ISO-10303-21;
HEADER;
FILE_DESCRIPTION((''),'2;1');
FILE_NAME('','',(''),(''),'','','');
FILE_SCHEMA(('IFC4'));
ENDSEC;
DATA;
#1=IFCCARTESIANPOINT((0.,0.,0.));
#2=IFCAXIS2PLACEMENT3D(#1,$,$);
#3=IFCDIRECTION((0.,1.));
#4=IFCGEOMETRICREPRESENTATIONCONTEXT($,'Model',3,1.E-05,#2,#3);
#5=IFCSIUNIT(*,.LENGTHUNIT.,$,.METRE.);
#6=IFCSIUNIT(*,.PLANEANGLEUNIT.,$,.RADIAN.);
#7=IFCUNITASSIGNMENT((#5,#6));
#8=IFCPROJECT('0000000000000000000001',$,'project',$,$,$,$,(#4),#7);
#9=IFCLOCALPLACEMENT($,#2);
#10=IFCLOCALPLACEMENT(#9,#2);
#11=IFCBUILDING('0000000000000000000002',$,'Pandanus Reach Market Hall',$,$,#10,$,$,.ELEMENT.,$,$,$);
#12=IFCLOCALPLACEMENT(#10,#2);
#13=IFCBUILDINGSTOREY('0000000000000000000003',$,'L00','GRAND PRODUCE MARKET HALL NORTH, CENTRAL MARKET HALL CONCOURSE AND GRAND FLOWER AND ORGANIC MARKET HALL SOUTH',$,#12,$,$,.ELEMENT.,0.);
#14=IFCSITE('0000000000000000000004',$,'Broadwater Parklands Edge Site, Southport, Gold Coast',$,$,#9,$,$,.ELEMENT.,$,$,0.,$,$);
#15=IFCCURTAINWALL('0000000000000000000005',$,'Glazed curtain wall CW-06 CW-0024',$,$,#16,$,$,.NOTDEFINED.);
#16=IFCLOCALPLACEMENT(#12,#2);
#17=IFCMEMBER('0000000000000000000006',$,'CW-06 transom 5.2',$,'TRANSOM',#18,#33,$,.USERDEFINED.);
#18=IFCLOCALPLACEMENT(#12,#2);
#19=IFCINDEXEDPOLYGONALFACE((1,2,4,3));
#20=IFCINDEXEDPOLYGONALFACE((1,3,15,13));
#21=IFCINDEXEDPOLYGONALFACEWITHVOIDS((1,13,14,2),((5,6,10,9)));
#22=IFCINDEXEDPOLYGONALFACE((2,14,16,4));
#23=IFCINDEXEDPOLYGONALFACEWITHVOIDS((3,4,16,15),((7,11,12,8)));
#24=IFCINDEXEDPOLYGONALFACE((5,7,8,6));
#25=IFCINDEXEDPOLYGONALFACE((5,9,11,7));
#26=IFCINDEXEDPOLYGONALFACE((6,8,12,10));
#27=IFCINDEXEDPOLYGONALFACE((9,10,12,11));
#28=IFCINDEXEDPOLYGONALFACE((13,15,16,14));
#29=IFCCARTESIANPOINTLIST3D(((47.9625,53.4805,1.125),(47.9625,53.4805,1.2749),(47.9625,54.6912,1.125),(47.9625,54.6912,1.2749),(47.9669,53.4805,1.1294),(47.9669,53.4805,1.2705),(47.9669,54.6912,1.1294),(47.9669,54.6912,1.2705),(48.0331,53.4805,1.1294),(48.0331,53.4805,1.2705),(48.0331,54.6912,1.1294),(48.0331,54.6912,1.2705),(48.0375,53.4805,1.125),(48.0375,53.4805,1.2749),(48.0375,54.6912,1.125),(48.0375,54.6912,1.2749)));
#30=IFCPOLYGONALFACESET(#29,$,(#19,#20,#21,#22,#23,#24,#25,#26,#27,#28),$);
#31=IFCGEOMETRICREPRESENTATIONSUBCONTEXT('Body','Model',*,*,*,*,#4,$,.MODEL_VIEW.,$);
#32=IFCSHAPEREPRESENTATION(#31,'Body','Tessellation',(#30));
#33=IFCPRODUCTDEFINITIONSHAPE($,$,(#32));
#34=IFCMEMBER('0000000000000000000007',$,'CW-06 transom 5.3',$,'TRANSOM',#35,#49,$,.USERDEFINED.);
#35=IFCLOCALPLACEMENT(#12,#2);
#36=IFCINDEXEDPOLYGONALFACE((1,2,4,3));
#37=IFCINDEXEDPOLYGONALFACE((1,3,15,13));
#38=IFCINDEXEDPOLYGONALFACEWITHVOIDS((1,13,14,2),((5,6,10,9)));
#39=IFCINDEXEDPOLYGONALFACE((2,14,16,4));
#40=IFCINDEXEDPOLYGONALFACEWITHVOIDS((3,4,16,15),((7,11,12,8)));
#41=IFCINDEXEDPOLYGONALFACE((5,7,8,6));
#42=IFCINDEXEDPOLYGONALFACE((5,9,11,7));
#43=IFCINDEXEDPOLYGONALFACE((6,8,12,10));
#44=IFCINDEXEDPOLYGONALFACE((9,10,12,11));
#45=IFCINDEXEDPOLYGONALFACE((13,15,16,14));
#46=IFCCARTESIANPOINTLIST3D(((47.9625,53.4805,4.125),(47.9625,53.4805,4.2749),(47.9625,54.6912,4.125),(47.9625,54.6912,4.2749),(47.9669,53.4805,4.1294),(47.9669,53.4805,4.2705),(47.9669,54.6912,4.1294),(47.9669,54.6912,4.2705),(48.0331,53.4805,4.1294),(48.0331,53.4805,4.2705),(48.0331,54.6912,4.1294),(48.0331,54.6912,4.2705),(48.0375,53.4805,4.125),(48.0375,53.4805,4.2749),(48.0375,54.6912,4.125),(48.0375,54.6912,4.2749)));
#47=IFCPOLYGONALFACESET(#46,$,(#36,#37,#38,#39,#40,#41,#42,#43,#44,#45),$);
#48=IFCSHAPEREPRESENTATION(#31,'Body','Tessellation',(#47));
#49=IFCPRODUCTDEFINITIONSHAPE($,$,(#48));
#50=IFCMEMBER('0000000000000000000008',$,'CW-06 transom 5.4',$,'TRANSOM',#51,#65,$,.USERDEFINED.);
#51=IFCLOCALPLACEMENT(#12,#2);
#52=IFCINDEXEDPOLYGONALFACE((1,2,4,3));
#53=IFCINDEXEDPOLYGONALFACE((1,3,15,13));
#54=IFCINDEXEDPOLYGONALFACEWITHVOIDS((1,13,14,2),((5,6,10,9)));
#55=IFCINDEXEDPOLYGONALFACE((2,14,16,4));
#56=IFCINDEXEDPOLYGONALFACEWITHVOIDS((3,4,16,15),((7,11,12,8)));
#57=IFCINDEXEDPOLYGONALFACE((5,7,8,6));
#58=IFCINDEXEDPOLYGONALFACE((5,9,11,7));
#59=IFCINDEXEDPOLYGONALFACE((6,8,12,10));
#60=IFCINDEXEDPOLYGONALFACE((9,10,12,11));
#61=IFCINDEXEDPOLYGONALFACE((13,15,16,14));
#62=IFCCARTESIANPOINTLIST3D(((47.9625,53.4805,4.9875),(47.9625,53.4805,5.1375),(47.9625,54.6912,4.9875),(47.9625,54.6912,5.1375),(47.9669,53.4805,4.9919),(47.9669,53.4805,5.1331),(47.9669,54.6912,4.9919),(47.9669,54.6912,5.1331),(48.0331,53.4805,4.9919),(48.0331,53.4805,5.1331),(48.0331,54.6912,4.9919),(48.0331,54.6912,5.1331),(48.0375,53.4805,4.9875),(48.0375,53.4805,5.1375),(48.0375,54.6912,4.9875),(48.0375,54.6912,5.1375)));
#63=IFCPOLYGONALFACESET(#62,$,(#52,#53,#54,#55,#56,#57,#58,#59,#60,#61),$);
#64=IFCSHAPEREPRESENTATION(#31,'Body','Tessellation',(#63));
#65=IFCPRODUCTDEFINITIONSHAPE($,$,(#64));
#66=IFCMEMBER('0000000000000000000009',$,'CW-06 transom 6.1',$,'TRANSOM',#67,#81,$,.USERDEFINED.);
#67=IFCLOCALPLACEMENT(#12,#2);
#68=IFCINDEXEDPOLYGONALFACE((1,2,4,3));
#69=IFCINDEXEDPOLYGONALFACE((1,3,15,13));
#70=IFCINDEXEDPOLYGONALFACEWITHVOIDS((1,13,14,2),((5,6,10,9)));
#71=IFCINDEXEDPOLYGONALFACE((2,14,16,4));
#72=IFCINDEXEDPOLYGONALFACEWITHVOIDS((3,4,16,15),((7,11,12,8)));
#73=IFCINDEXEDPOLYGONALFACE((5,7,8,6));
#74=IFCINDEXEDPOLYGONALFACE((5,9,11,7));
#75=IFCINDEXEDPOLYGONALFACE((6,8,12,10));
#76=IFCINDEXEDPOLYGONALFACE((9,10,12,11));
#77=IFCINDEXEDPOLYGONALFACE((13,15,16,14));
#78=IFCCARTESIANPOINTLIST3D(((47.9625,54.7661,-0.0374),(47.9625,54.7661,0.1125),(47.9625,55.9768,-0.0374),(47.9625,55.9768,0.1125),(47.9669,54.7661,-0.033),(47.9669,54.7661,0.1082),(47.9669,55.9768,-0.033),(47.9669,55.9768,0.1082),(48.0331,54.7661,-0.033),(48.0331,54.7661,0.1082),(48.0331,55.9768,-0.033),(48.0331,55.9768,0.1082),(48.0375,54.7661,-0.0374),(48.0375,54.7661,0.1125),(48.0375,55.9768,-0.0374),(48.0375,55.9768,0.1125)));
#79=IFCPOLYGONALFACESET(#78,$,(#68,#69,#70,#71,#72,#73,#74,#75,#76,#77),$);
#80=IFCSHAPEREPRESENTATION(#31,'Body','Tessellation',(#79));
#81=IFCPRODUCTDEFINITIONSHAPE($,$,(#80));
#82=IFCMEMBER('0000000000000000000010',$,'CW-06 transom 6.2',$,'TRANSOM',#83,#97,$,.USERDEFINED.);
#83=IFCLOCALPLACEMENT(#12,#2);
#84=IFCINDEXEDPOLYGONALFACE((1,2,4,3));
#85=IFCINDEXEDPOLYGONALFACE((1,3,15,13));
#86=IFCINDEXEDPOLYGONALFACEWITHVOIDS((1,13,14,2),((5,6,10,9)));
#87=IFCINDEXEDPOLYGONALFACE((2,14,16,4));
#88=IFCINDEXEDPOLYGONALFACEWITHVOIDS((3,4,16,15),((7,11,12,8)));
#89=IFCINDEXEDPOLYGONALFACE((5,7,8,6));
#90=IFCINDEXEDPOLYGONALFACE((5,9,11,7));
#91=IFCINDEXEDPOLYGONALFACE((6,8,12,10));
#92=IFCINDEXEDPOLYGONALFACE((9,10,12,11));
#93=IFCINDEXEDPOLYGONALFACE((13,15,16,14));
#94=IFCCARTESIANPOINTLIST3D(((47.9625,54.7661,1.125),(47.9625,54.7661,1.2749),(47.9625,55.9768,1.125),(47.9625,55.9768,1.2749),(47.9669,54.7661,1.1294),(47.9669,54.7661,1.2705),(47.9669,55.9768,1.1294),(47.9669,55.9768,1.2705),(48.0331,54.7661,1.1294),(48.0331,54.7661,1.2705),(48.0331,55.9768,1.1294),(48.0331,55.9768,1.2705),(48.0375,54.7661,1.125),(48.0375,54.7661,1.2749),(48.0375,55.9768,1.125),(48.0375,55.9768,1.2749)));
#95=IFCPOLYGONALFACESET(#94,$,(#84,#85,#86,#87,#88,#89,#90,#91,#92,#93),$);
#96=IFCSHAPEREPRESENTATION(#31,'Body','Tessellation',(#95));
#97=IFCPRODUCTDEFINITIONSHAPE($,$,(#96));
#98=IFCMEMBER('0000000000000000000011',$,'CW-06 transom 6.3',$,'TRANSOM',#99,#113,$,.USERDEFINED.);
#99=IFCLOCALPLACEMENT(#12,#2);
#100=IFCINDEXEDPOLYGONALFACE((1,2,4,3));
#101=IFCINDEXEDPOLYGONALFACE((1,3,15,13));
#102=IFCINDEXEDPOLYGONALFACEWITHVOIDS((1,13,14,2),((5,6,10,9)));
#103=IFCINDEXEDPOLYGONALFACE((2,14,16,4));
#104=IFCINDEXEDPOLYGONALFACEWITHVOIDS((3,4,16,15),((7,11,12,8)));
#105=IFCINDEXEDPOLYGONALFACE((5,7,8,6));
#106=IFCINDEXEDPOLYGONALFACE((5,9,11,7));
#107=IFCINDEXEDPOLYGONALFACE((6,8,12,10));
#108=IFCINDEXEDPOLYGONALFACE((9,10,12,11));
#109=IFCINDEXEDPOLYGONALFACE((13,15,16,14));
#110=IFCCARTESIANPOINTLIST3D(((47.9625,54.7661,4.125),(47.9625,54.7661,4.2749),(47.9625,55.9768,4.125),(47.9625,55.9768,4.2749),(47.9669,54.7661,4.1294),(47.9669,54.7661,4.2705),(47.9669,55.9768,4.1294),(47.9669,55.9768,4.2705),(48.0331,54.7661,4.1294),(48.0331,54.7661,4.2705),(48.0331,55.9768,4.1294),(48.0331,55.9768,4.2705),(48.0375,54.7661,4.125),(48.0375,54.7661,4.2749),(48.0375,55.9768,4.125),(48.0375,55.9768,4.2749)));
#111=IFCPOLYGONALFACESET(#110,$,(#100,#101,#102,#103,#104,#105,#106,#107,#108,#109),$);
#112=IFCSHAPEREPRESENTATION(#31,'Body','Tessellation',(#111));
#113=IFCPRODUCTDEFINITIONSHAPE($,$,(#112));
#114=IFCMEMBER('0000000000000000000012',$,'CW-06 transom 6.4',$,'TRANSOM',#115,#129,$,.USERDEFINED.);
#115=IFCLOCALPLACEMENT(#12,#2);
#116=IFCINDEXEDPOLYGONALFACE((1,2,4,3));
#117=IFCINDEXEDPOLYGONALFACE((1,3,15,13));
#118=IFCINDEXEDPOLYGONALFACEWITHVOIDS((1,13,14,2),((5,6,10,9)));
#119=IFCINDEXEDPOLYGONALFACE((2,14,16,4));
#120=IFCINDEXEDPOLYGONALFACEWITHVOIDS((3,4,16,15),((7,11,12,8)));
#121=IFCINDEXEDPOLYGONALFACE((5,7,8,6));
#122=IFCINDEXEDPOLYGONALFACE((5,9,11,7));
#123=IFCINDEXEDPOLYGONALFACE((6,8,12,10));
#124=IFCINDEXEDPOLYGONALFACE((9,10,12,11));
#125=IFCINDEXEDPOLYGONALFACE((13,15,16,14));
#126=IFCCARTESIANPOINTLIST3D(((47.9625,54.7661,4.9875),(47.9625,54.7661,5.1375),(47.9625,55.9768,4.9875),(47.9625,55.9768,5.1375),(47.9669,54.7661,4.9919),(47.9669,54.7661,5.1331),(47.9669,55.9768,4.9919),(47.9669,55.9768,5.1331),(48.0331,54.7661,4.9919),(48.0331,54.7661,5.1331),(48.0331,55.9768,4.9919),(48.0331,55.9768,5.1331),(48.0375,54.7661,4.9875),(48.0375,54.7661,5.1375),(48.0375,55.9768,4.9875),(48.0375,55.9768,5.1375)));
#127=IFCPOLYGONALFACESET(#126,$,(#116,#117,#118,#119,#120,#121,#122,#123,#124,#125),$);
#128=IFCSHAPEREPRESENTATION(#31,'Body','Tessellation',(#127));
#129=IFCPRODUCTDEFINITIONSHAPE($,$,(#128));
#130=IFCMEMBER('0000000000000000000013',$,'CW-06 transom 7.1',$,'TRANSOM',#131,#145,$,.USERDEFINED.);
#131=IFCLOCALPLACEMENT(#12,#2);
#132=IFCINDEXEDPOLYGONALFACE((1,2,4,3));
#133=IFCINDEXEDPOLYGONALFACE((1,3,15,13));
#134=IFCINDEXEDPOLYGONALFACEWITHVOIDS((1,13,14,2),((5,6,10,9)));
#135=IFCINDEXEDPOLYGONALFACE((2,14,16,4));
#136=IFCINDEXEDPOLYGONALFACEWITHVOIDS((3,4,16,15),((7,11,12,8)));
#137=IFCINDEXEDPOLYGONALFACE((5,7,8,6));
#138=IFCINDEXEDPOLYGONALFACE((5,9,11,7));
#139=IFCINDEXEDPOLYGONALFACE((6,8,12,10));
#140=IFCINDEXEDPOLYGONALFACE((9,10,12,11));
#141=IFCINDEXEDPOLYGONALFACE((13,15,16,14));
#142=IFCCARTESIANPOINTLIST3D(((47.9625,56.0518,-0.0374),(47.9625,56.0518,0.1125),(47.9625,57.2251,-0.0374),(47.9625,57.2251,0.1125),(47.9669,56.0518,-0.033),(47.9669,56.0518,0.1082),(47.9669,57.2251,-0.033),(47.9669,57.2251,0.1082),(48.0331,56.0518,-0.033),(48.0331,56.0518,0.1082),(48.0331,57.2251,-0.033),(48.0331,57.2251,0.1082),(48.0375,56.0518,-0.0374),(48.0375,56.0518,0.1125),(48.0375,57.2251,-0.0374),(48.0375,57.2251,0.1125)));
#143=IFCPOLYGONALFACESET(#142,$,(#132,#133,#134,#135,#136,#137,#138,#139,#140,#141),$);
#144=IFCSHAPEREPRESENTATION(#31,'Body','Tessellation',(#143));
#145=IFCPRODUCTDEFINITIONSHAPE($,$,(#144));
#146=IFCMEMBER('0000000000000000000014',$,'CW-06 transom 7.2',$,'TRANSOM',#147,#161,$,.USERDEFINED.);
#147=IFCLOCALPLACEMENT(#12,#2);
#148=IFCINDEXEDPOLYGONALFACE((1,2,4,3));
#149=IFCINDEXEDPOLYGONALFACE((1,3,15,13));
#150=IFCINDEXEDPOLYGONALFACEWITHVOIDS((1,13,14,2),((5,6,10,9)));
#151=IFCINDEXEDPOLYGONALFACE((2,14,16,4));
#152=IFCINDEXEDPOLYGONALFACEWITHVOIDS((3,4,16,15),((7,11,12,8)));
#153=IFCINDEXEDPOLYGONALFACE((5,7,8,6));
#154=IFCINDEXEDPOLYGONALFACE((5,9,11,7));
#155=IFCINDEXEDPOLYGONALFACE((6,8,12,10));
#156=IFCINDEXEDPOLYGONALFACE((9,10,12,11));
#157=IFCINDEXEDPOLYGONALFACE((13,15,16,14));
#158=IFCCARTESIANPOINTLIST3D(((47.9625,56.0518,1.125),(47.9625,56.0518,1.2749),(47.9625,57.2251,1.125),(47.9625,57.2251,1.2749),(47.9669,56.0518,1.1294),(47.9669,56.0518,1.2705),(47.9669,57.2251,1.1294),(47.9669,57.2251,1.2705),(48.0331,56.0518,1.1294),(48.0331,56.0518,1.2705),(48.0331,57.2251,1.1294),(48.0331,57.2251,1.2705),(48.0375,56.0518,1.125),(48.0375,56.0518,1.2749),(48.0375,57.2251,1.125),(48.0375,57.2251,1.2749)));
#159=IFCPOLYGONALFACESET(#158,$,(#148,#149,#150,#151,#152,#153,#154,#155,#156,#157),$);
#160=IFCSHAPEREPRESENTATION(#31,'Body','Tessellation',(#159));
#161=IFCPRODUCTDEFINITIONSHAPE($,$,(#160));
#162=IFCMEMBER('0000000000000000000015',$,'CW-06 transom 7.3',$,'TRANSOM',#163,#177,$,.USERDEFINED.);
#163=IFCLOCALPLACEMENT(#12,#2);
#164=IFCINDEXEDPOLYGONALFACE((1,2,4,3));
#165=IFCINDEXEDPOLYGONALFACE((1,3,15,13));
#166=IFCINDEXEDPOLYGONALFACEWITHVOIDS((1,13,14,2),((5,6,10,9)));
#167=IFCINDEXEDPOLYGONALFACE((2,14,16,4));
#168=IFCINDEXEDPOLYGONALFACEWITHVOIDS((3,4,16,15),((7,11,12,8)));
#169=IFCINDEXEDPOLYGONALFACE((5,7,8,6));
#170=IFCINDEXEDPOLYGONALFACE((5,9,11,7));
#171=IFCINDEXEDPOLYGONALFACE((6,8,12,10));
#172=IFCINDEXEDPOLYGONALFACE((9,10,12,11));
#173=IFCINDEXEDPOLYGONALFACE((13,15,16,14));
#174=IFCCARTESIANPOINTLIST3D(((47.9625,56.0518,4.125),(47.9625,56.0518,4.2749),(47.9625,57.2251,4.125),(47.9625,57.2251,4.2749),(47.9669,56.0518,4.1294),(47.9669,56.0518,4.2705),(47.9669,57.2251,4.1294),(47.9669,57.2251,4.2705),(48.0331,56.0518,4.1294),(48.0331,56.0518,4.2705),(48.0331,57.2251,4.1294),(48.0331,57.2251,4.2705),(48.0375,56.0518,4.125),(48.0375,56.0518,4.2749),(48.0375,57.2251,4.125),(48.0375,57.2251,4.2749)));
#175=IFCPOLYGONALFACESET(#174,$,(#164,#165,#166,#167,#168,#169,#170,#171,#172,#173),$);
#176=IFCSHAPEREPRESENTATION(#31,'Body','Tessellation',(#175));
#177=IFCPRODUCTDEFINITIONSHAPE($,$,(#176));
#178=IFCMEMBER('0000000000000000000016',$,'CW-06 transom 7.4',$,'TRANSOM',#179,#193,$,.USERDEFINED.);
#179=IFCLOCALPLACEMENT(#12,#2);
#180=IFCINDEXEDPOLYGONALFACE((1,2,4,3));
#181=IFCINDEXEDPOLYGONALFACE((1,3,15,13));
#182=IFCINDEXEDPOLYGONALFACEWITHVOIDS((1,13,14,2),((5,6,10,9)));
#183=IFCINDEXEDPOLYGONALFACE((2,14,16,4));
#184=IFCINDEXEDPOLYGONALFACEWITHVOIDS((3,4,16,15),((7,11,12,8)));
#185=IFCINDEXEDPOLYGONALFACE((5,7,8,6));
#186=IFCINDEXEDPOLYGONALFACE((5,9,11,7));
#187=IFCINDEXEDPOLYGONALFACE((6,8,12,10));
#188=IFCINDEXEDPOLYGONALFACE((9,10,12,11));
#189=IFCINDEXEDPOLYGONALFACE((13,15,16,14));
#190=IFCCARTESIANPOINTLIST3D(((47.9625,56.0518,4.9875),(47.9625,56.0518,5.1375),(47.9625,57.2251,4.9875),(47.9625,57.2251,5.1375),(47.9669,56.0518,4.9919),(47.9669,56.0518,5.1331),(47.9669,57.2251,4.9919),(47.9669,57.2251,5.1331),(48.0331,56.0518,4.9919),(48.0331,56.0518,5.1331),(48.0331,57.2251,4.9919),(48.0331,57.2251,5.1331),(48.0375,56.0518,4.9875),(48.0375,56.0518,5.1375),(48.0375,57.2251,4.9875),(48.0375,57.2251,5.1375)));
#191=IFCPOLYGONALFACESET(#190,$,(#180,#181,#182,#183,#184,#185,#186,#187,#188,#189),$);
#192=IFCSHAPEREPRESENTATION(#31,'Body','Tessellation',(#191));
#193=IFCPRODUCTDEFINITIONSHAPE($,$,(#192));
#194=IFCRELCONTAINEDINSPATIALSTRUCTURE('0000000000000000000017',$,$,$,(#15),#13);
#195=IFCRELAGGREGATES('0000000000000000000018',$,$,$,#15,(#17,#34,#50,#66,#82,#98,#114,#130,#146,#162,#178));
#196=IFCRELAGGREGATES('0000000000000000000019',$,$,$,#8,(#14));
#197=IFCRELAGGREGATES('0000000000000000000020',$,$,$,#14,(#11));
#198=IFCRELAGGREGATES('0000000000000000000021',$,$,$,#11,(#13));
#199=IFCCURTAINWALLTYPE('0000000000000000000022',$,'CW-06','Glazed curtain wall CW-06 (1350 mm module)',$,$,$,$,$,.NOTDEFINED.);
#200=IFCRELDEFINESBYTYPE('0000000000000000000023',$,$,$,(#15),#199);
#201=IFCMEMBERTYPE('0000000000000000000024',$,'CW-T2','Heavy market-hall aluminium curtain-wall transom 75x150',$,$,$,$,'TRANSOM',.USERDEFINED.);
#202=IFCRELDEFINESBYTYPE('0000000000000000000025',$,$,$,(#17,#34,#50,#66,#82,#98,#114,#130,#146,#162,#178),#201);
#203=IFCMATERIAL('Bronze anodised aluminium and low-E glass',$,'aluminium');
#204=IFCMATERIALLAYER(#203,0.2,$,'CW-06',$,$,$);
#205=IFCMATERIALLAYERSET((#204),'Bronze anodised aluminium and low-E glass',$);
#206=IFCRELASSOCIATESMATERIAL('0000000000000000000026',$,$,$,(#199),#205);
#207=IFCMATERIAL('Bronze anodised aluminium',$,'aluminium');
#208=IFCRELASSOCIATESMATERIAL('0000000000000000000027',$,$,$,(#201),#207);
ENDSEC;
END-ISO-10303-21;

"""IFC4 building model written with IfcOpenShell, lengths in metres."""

from ifc_helpers import new_model, si_unit, direction, frame, origin, origin_2d, place, context, subcontext, project, spatial, hollow_rectangle, extrude, material, layer, layer_set, material_profile, profile_set, type_object, element, aggregate, save


model = new_model("IFC4")

# Units and contexts
model_context = context("Model", 3, precision=1e-05, world=origin(), true_north=direction((0.0, 1.0)))
body_context = subcontext(model_context, "Body", "Model", "MODEL_VIEW")
ifc_project = project(units=[si_unit("LENGTHUNIT", "METRE"), si_unit("PLANEANGLEUNIT", "RADIAN")], contexts=[model_context])

# Site, building, storey
site_placement = place(None, origin())
site = spatial("IfcSite", under=ifc_project, at=site_placement, Name="Broadwater Parklands Edge Site, Southport, Gold Coast", CompositionType="ELEMENT", RefElevation=0.0)
building_placement = place(site_placement, origin())
building = spatial("IfcBuilding", under=site, at=building_placement, Name="Pandanus Reach Market Hall", CompositionType="ELEMENT")
storey_placement = place(building_placement, origin())
storey = spatial("IfcBuildingStorey", under=building, at=storey_placement, Name="L00", Description="GRAND PRODUCE MARKET HALL NORTH, CENTRAL MARKET HALL CONCOURSE AND GRAND FLOWER AND ORGANIC MARKET HALL SOUTH", CompositionType="ELEMENT", Elevation=0.0)

# Curtain wall, members
ifc_material_1 = material(Name="Bronze anodised aluminium and low-E glass", Category="aluminium")
ifc_layer_1 = layer(ifc_material_1, 0.2, Name="CW-06")
ifc_layer_set_1 = layer_set([ifc_layer_1], Name="Bronze anodised aluminium and low-E glass")
curtain_wall_type = type_object("IfcCurtainWallType", Name="CW-06", Description="Glazed curtain wall CW-06 (1350 mm module)", PredefinedType="NOTDEFINED", material=ifc_layer_set_1)
curtain_wall_placement = place(storey_placement, origin())
curtain_wall = element("IfcCurtainWall", 1, at=curtain_wall_placement, inside=storey, type_object=curtain_wall_type, Name="Glazed curtain wall CW-06 CW-0024", PredefinedType="NOTDEFINED")
ifc_material_2 = material(Name="Bronze anodised aluminium", Category="aluminium")
ifc_material_profile_1 = material_profile(ifc_material_2, hollow_rectangle(XDim=0.075, YDim=0.1499, WallThickness=0.0044, at=origin_2d()), Name="ALU75x150", Category="LoadBearing")
ifc_profile_set_1 = profile_set([ifc_material_profile_1], Name="Bronze anodised aluminium")
member_type_1 = type_object("IfcMemberType", Name="CW-T2", Description="Heavy market-hall aluminium curtain-wall transom 75x150", ElementType="TRANSOM", PredefinedType="USERDEFINED", material=ifc_profile_set_1)
member_1_placement = place(storey_placement, frame((48.0, 53.4805, 1.2), z_axis=(0.0, 1.0, 0.0), x_axis=(-1.0, 0.0, 0.0)))
member_1 = element("IfcMember", 2, at=member_1_placement, type_object=member_type_1, Name="CW-06 transom 5.2", ObjectType="TRANSOM", PredefinedType="USERDEFINED", context=body_context, shape_type="SweptSolid", body=[
    extrude(hollow_rectangle(XDim=0.075, YDim=0.1499, WallThickness=0.0044, at=origin_2d()), origin(), (0.0, 0.0, 1.0), 1.2107),
])
member_2_placement = place(storey_placement, frame((48.0, 53.4805, 4.2), z_axis=(0.0, 1.0, 0.0), x_axis=(-1.0, 0.0, 0.0)))
member_2 = element("IfcMember", 3, at=member_2_placement, type_object=member_type_1, Name="CW-06 transom 5.3", ObjectType="TRANSOM", PredefinedType="USERDEFINED", context=body_context, shape_type="SweptSolid", body=[
    extrude(hollow_rectangle(XDim=0.075, YDim=0.1499, WallThickness=0.0044, at=origin_2d()), origin(), (0.0, 0.0, 1.0), 1.2107),
])
member_3_placement = place(storey_placement, frame((48.0, 53.4805, 5.0625), z_axis=(0.0, 1.0, 0.0), x_axis=(-1.0, 0.0, 0.0)))
member_3 = element("IfcMember", 4, at=member_3_placement, type_object=member_type_1, Name="CW-06 transom 5.4", ObjectType="TRANSOM", PredefinedType="USERDEFINED", context=body_context, shape_type="SweptSolid", body=[
    extrude(hollow_rectangle(XDim=0.075, YDim=0.1499, WallThickness=0.0044, at=origin_2d()), origin(), (0.0, 0.0, 1.0), 1.2107),
])
member_4_placement = place(storey_placement, frame((48.0, 54.7661, 0.0376), z_axis=(0.0, 1.0, 0.0), x_axis=(-1.0, 0.0, 0.0)))
member_4 = element("IfcMember", 5, at=member_4_placement, type_object=member_type_1, Name="CW-06 transom 6.1", ObjectType="TRANSOM", PredefinedType="USERDEFINED", context=body_context, shape_type="SweptSolid", body=[
    extrude(hollow_rectangle(XDim=0.075, YDim=0.1499, WallThickness=0.0044, at=origin_2d()), origin(), (0.0, 0.0, 1.0), 1.2107),
])
member_5_placement = place(storey_placement, frame((48.0, 54.7661, 1.2), z_axis=(0.0, 1.0, 0.0), x_axis=(-1.0, 0.0, 0.0)))
member_5 = element("IfcMember", 6, at=member_5_placement, type_object=member_type_1, Name="CW-06 transom 6.2", ObjectType="TRANSOM", PredefinedType="USERDEFINED", context=body_context, shape_type="SweptSolid", body=[
    extrude(hollow_rectangle(XDim=0.075, YDim=0.1499, WallThickness=0.0044, at=origin_2d()), origin(), (0.0, 0.0, 1.0), 1.2107),
])
member_6_placement = place(storey_placement, frame((48.0, 54.7661, 4.2), z_axis=(0.0, 1.0, 0.0), x_axis=(-1.0, 0.0, 0.0)))
member_6 = element("IfcMember", 7, at=member_6_placement, type_object=member_type_1, Name="CW-06 transom 6.3", ObjectType="TRANSOM", PredefinedType="USERDEFINED", context=body_context, shape_type="SweptSolid", body=[
    extrude(hollow_rectangle(XDim=0.075, YDim=0.1499, WallThickness=0.0044, at=origin_2d()), origin(), (0.0, 0.0, 1.0), 1.2107),
])
member_7_placement = place(storey_placement, frame((48.0, 54.7661, 5.0625), z_axis=(0.0, 1.0, 0.0), x_axis=(-1.0, 0.0, 0.0)))
member_7 = element("IfcMember", 8, at=member_7_placement, type_object=member_type_1, Name="CW-06 transom 6.4", ObjectType="TRANSOM", PredefinedType="USERDEFINED", context=body_context, shape_type="SweptSolid", body=[
    extrude(hollow_rectangle(XDim=0.075, YDim=0.1499, WallThickness=0.0044, at=origin_2d()), origin(), (0.0, 0.0, 1.0), 1.2107),
])
member_8_placement = place(storey_placement, frame((48.0, 56.0518, 0.0376), z_axis=(0.0, 1.0, 0.0), x_axis=(-1.0, 0.0, 0.0)))
member_8 = element("IfcMember", 9, at=member_8_placement, type_object=member_type_1, Name="CW-06 transom 7.1", ObjectType="TRANSOM", PredefinedType="USERDEFINED", context=body_context, shape_type="SweptSolid", body=[
    extrude(hollow_rectangle(XDim=0.075, YDim=0.1499, WallThickness=0.0044, at=origin_2d()), origin(), (0.0, 0.0, 1.0), 1.1733),
])
member_9_placement = place(storey_placement, frame((48.0, 56.0518, 1.2), z_axis=(0.0, 1.0, 0.0), x_axis=(-1.0, 0.0, 0.0)))
member_9 = element("IfcMember", 10, at=member_9_placement, type_object=member_type_1, Name="CW-06 transom 7.2", ObjectType="TRANSOM", PredefinedType="USERDEFINED", context=body_context, shape_type="SweptSolid", body=[
    extrude(hollow_rectangle(XDim=0.075, YDim=0.1499, WallThickness=0.0044, at=origin_2d()), origin(), (0.0, 0.0, 1.0), 1.1733),
])
member_10_placement = place(storey_placement, frame((48.0, 56.0518, 4.2), z_axis=(0.0, 1.0, 0.0), x_axis=(-1.0, 0.0, 0.0)))
member_10 = element("IfcMember", 11, at=member_10_placement, type_object=member_type_1, Name="CW-06 transom 7.3", ObjectType="TRANSOM", PredefinedType="USERDEFINED", context=body_context, shape_type="SweptSolid", body=[
    extrude(hollow_rectangle(XDim=0.075, YDim=0.1499, WallThickness=0.0044, at=origin_2d()), origin(), (0.0, 0.0, 1.0), 1.1733),
])
member_11_placement = place(storey_placement, frame((48.0, 56.0518, 5.0625), z_axis=(0.0, 1.0, 0.0), x_axis=(-1.0, 0.0, 0.0)))
member_11 = element("IfcMember", 12, at=member_11_placement, type_object=member_type_1, Name="CW-06 transom 7.4", ObjectType="TRANSOM", PredefinedType="USERDEFINED", context=body_context, shape_type="SweptSolid", body=[
    extrude(hollow_rectangle(XDim=0.075, YDim=0.1499, WallThickness=0.0044, at=origin_2d()), origin(), (0.0, 0.0, 1.0), 1.1733),
])
aggregate(curtain_wall, [member_1, member_2, member_3, member_4, member_5, member_6, member_7, member_8, member_9, member_10, member_11])

save(model, "model.ifc")
